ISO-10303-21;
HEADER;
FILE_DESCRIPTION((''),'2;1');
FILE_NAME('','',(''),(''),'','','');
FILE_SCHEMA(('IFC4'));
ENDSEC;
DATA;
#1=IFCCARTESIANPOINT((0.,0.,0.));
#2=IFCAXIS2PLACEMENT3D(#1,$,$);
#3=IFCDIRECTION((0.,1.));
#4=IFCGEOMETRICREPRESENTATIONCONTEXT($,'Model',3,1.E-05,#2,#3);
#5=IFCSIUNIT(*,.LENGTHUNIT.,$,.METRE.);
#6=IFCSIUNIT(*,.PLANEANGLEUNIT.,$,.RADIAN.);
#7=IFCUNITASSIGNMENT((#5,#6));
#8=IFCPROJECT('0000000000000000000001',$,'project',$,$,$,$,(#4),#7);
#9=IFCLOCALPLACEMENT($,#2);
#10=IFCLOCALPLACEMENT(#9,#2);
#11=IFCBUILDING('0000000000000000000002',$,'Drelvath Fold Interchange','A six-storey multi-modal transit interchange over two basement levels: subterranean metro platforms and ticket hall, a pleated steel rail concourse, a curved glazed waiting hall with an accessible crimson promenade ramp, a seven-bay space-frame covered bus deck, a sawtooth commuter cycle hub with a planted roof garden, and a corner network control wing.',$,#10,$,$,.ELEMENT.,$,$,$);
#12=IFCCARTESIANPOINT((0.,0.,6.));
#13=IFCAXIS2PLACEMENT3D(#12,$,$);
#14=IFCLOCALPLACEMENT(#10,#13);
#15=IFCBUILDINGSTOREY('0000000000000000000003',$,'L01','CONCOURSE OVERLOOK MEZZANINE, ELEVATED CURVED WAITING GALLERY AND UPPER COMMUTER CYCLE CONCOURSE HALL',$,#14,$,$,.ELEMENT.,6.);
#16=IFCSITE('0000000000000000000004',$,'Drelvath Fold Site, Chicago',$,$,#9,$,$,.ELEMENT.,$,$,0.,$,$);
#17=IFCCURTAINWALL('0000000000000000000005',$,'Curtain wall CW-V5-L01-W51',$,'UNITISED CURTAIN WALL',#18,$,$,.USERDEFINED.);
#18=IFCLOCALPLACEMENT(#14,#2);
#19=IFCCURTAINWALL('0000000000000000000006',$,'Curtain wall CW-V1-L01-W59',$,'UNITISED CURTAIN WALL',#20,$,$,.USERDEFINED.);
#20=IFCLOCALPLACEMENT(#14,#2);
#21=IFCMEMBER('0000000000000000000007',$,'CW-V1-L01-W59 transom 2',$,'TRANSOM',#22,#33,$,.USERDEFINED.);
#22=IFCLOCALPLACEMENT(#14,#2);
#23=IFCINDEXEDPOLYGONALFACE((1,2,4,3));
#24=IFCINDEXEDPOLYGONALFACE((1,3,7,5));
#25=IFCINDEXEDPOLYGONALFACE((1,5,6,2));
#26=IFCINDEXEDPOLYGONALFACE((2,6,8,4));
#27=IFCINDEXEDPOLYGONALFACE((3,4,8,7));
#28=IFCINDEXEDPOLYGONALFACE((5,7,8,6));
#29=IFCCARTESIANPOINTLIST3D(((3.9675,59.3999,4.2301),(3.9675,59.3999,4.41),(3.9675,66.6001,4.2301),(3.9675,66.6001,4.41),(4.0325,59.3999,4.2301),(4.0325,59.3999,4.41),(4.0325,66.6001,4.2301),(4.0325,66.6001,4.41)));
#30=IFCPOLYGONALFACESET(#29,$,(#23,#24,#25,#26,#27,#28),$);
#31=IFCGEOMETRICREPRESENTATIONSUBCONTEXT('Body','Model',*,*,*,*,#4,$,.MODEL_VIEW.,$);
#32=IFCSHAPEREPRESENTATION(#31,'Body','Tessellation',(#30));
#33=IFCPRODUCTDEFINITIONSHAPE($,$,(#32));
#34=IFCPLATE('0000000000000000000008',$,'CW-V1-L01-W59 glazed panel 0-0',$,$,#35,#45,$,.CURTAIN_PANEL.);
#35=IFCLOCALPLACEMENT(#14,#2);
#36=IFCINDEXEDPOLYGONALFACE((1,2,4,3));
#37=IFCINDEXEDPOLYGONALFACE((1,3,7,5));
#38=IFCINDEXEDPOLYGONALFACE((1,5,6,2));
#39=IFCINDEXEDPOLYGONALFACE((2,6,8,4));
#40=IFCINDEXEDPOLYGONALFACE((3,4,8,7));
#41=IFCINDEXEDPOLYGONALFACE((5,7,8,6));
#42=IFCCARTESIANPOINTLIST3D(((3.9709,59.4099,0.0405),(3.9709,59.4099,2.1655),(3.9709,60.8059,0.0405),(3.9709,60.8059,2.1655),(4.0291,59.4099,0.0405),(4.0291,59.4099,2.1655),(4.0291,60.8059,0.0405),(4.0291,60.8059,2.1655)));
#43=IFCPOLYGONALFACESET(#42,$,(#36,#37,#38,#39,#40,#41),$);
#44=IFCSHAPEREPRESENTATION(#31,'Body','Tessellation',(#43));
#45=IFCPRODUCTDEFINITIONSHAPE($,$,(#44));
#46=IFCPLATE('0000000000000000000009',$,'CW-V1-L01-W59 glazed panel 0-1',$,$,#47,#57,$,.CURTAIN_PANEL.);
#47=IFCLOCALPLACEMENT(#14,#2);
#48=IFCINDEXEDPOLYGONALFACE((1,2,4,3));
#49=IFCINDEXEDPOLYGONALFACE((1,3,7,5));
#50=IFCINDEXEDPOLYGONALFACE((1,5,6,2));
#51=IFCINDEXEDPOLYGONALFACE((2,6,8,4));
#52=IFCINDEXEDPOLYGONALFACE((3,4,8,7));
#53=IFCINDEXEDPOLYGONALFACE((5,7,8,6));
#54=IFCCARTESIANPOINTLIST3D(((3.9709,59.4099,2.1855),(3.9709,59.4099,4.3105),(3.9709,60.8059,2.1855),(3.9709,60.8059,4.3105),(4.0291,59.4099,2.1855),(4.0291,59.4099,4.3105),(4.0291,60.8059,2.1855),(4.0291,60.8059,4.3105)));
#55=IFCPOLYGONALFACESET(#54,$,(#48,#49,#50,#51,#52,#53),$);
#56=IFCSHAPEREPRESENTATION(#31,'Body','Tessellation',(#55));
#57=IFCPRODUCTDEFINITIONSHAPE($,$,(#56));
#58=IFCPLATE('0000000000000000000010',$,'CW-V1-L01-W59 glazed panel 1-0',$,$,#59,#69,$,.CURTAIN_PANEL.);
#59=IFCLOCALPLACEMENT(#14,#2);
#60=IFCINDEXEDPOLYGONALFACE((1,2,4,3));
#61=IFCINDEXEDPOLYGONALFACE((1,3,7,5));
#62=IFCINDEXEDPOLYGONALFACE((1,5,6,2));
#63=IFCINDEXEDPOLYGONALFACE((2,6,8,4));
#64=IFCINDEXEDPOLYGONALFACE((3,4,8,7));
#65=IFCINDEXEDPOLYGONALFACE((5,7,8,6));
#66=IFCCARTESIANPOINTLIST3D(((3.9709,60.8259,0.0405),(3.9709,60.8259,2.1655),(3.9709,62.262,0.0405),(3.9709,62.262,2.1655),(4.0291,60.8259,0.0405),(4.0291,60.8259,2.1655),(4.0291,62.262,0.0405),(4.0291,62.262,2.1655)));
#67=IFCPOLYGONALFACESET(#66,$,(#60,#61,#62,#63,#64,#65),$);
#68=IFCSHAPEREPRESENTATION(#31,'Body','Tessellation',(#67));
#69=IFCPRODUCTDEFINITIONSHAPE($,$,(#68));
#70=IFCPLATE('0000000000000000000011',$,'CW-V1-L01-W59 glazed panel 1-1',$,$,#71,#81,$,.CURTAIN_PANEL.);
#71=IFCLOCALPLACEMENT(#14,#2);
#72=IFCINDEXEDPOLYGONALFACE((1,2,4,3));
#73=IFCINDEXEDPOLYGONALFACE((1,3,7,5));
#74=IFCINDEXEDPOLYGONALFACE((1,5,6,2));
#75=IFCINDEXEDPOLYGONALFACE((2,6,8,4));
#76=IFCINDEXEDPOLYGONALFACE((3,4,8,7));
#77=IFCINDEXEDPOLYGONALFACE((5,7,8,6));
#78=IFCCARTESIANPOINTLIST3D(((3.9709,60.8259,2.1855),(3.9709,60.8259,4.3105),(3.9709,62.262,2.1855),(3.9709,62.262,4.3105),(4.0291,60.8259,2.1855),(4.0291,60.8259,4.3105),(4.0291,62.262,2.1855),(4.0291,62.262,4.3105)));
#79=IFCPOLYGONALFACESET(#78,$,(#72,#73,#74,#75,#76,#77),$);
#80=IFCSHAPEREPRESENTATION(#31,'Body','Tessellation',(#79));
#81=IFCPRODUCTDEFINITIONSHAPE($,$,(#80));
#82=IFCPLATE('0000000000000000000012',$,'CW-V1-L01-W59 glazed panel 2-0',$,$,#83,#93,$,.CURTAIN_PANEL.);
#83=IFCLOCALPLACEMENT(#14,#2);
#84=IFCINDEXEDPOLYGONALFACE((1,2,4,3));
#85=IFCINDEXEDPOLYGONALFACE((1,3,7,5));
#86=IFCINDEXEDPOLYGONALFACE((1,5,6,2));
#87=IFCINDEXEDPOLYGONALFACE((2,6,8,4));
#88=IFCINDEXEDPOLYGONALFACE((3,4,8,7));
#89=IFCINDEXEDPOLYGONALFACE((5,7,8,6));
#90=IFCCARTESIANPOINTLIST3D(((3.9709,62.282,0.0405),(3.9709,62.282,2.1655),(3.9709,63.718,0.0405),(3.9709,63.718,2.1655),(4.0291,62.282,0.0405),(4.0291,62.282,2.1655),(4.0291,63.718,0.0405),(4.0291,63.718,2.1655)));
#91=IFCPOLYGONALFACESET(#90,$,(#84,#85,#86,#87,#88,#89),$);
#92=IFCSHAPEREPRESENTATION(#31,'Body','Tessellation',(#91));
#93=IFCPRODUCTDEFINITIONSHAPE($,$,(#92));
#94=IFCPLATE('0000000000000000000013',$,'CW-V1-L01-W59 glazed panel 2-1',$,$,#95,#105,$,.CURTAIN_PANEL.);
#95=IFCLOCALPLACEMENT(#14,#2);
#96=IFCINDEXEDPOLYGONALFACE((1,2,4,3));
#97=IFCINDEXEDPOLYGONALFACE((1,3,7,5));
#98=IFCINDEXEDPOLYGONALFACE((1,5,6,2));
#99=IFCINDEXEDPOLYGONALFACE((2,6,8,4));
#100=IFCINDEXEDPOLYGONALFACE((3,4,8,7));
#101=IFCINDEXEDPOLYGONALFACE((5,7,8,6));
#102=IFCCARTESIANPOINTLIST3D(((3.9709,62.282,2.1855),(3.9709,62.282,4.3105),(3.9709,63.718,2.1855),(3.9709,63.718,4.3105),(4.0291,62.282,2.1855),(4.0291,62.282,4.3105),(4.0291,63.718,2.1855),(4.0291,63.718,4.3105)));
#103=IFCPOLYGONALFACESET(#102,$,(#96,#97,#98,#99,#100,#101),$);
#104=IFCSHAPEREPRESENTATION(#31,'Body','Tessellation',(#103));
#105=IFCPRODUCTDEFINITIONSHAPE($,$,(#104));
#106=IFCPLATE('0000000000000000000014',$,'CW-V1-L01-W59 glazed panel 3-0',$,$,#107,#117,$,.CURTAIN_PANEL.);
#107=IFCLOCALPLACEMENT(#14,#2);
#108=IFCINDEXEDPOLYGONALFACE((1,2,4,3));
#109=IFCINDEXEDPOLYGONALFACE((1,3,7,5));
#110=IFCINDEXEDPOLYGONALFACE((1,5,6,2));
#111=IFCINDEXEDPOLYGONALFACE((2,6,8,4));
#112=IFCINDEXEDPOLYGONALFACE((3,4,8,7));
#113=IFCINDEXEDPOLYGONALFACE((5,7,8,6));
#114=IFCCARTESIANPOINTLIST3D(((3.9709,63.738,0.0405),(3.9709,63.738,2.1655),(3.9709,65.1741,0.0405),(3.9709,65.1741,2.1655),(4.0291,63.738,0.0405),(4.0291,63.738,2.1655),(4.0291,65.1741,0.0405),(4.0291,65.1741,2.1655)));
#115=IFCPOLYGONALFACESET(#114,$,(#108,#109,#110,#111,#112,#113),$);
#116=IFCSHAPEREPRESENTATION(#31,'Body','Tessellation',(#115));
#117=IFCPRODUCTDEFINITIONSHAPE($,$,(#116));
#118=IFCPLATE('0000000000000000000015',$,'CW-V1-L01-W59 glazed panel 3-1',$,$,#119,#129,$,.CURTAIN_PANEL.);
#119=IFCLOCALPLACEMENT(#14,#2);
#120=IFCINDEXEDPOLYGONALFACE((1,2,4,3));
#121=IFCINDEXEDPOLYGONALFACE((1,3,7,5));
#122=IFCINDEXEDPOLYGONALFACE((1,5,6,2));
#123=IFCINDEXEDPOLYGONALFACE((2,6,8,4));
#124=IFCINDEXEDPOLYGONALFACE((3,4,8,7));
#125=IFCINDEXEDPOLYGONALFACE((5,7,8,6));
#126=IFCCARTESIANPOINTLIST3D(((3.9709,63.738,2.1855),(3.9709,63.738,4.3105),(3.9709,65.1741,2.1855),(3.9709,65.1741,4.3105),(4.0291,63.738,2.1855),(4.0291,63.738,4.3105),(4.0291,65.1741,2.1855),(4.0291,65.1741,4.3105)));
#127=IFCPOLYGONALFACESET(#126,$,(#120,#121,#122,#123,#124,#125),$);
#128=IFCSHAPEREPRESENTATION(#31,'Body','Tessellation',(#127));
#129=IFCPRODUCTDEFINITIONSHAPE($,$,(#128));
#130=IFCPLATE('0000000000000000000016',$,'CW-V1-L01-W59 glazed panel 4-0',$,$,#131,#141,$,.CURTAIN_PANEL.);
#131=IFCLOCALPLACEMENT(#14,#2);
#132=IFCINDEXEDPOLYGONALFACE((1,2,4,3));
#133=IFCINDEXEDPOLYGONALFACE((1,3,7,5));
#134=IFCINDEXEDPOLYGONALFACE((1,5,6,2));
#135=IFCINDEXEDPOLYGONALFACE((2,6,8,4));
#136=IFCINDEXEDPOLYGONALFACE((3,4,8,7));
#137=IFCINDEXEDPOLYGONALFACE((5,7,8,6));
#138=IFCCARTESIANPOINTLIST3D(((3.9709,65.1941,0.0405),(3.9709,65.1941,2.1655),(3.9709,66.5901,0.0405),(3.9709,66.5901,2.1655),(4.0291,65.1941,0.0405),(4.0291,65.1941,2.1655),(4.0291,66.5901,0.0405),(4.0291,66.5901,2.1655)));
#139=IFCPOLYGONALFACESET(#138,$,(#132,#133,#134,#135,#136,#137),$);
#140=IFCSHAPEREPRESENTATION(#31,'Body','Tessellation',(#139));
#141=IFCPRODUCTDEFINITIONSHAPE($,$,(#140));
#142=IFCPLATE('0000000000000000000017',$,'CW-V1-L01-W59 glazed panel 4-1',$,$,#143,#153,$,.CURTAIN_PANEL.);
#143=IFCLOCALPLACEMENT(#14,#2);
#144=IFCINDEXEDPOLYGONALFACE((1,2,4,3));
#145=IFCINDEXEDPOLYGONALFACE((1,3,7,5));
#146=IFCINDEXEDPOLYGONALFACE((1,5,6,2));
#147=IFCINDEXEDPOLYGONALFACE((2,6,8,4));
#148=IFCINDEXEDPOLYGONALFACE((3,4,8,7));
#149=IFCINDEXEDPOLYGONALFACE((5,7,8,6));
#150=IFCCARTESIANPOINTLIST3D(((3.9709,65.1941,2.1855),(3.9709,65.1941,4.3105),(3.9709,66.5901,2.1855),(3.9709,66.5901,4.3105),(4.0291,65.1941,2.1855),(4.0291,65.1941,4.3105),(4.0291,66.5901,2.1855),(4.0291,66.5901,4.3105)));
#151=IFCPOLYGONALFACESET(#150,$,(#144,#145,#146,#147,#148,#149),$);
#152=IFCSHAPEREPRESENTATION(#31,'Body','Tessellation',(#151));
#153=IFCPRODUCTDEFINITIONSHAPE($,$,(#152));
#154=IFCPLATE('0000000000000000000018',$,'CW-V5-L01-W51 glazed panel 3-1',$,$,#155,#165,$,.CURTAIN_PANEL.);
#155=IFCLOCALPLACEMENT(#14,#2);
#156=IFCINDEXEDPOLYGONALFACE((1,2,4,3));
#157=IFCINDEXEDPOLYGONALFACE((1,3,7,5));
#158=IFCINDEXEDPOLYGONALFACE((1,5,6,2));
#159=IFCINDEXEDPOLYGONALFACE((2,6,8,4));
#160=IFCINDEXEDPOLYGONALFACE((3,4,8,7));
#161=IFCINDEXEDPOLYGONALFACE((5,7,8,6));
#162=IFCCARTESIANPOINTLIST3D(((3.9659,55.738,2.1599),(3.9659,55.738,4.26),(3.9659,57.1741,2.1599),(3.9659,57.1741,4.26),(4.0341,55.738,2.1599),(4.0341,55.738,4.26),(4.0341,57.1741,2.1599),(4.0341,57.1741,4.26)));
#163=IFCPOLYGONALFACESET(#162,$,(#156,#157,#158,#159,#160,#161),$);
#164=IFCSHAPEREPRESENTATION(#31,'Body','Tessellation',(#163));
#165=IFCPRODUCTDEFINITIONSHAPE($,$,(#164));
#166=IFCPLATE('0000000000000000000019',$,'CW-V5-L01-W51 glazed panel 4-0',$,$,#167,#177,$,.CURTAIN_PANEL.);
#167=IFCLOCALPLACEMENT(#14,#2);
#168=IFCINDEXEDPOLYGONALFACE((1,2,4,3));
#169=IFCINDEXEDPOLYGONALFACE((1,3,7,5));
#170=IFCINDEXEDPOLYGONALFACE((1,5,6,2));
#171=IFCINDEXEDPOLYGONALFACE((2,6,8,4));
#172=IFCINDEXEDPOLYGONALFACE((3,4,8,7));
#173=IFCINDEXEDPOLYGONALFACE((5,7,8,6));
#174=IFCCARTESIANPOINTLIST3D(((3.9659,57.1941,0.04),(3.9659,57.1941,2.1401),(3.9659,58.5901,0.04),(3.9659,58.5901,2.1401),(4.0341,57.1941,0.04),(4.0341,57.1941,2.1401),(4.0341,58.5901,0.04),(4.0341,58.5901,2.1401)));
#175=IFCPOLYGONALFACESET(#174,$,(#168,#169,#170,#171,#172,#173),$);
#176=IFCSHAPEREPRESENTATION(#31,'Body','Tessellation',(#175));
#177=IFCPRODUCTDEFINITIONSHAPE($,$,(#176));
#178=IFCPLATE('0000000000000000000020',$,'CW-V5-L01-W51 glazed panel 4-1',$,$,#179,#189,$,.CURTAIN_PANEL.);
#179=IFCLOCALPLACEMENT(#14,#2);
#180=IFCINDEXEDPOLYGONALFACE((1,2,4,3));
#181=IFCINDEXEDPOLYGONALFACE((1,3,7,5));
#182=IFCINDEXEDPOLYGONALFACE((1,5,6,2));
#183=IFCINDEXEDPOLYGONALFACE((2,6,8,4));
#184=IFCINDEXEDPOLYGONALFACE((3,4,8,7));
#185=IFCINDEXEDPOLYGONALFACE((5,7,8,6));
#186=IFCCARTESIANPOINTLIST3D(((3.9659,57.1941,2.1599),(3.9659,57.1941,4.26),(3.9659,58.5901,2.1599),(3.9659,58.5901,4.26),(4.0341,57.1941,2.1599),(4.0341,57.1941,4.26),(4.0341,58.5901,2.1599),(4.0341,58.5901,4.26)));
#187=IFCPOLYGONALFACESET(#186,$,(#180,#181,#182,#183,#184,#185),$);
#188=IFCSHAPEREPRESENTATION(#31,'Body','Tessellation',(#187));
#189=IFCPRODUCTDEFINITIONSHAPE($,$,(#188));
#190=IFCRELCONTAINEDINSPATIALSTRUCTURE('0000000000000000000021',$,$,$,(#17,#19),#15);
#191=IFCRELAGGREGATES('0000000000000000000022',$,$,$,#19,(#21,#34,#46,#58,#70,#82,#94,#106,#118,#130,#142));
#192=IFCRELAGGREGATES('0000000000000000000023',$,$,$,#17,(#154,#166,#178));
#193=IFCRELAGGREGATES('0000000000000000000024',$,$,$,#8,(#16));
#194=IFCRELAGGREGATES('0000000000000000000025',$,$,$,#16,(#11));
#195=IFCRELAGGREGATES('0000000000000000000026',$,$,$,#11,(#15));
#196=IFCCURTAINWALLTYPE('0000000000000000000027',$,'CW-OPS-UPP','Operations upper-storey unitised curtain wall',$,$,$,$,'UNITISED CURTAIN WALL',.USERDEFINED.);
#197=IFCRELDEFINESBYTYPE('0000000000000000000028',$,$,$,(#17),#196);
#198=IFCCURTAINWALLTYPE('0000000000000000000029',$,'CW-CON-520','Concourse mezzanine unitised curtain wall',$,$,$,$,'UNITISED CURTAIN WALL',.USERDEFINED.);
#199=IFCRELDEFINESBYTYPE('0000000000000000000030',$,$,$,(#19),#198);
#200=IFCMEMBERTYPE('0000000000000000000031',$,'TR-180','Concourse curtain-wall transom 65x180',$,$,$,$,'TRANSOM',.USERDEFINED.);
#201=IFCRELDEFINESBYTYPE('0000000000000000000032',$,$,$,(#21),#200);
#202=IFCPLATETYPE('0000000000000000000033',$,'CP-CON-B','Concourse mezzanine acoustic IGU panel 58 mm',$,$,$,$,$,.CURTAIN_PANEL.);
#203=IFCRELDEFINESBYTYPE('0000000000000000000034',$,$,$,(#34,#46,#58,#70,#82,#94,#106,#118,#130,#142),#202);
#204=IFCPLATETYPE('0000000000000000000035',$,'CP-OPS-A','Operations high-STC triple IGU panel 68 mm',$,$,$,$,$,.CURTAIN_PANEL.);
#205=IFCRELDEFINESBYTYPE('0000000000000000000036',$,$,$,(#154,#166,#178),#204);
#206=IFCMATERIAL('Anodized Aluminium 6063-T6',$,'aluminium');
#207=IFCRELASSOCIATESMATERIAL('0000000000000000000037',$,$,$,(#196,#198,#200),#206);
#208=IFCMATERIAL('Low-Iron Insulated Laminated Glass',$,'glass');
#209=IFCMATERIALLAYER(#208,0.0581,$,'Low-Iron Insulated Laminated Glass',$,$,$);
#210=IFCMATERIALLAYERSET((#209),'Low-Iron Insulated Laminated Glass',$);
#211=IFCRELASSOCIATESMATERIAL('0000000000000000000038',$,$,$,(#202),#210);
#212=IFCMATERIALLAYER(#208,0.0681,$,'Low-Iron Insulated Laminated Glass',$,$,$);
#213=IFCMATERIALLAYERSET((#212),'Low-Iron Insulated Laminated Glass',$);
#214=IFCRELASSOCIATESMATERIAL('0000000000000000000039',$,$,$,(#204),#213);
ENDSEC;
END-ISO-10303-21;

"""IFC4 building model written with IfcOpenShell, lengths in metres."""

from ifc_helpers import new_model, si_unit, direction, frame, origin, origin_2d, place, context, subcontext, project, spatial, rectangle, extrude, material, layer, layer_set, material_profile, profile_set, type_object, element, aggregate, save


model = new_model("IFC4")

# Units and contexts
model_context = context("Model", 3, precision=1e-05, world=origin(), true_north=direction((0.0, 1.0)))
body_context = subcontext(model_context, "Body", "Model", "MODEL_VIEW")
ifc_project = project(units=[si_unit("LENGTHUNIT", "METRE"), si_unit("PLANEANGLEUNIT", "RADIAN")], contexts=[model_context])

# Site, building, storey
site_placement = place(None, origin())
site = spatial("IfcSite", under=ifc_project, at=site_placement, Name="Drelvath Fold Site, Chicago", CompositionType="ELEMENT", RefElevation=0.0)
building_placement = place(site_placement, origin())
building = spatial("IfcBuilding", under=site, at=building_placement, Name="Drelvath Fold Interchange", Description="A six-storey multi-modal transit interchange over two basement levels: subterranean metro platforms and ticket hall, a pleated steel rail concourse, a curved glazed waiting hall with an accessible crimson promenade ramp, a seven-bay space-frame covered bus deck, a sawtooth commuter cycle hub with a planted roof garden, and a corner network control wing.", CompositionType="ELEMENT")
storey_placement = place(building_placement, frame((0.0, 0.0, 6.0)))
storey = spatial("IfcBuildingStorey", under=building, at=storey_placement, Name="L01", Description="CONCOURSE OVERLOOK MEZZANINE, ELEVATED CURVED WAITING GALLERY AND UPPER COMMUTER CYCLE CONCOURSE HALL", CompositionType="ELEMENT", Elevation=6.0)

# Curtain wall
ifc_material_1 = material(Name="Anodized Aluminium 6063-T6", Category="aluminium")
curtain_wall_type_1 = type_object("IfcCurtainWallType", Name="CW-OPS-UPP", Description="Operations upper-storey unitised curtain wall", ElementType="UNITISED CURTAIN WALL", PredefinedType="USERDEFINED", material=ifc_material_1)
curtain_wall_1_placement = place(storey_placement, origin())
curtain_wall_1 = element("IfcCurtainWall", 1, at=curtain_wall_1_placement, inside=storey, type_object=curtain_wall_type_1, Name="Curtain wall CW-V5-L01-W51", ObjectType="UNITISED CURTAIN WALL", PredefinedType="USERDEFINED")

# Curtain wall, member, plates
curtain_wall_type_2 = type_object("IfcCurtainWallType", Name="CW-CON-520", Description="Concourse mezzanine unitised curtain wall", ElementType="UNITISED CURTAIN WALL", PredefinedType="USERDEFINED", material=ifc_material_1)
curtain_wall_2_placement = place(storey_placement, origin())
curtain_wall_2 = element("IfcCurtainWall", 2, at=curtain_wall_2_placement, inside=storey, type_object=curtain_wall_type_2, Name="Curtain wall CW-V1-L01-W59", ObjectType="UNITISED CURTAIN WALL", PredefinedType="USERDEFINED")
ifc_material_profile_1 = material_profile(ifc_material_1, rectangle(XDim=0.0649, YDim=0.1799, at=origin_2d()), Name="AL-T 65x180")
ifc_profile_set_1 = profile_set([ifc_material_profile_1], Name="Anodized Aluminium 6063-T6")
member_type_1 = type_object("IfcMemberType", Name="TR-180", Description="Concourse curtain-wall transom 65x180", ElementType="TRANSOM", PredefinedType="USERDEFINED", material=ifc_profile_set_1)
member_1_placement = place(storey_placement, frame((4.0, 59.3999, 4.3201), z_axis=(0.0, 1.0, 0.0), x_axis=(-1.0, 0.0, 0.0)))
member_1 = element("IfcMember", 3, at=member_1_placement, type_object=member_type_1, Name="CW-V1-L01-W59 transom 2", ObjectType="TRANSOM", PredefinedType="USERDEFINED", context=body_context, shape_type="SweptSolid", body=[
    extrude(rectangle(XDim=0.0649, YDim=0.1799, at=origin_2d()), origin(), (0.0, 0.0, 1.0), 7.2002),
])
ifc_material_2 = material(Name="Low-Iron Insulated Laminated Glass", Category="glass")
ifc_layer_1 = layer(ifc_material_2, 0.0581, Name="Low-Iron Insulated Laminated Glass")
ifc_layer_set_1 = layer_set([ifc_layer_1], Name="Low-Iron Insulated Laminated Glass")
plate_type_1 = type_object("IfcPlateType", Name="CP-CON-B", Description="Concourse mezzanine acoustic IGU panel 58 mm", PredefinedType="CURTAIN_PANEL", material=ifc_layer_set_1)
plate_1_placement = place(storey_placement, frame((4.0, 60.1079, 0.0405), z_axis=(0.0, 0.0, 1.0), x_axis=(0.0, 1.0, 0.0)))
plate_1 = element("IfcPlate", 4, at=plate_1_placement, type_object=plate_type_1, Name="CW-V1-L01-W59 glazed panel 0-0", PredefinedType="CURTAIN_PANEL", context=body_context, shape_type="SweptSolid", body=[
    extrude(rectangle(XDim=1.396, YDim=0.0581, at=origin_2d()), origin(), (0.0, 0.0, 1.0), 2.125),
])
plate_2_placement = place(storey_placement, frame((4.0, 60.1079, 2.1855), z_axis=(0.0, 0.0, 1.0), x_axis=(0.0, 1.0, 0.0)))
plate_2 = element("IfcPlate", 5, at=plate_2_placement, type_object=plate_type_1, Name="CW-V1-L01-W59 glazed panel 0-1", PredefinedType="CURTAIN_PANEL", context=body_context, shape_type="SweptSolid", body=[
    extrude(rectangle(XDim=1.396, YDim=0.0581, at=origin_2d()), origin(), (0.0, 0.0, 1.0), 2.125),
])
plate_3_placement = place(storey_placement, frame((4.0, 61.5439, 0.0405), z_axis=(0.0, 0.0, 1.0), x_axis=(0.0, 1.0, 0.0)))
plate_3 = element("IfcPlate", 6, at=plate_3_placement, type_object=plate_type_1, Name="CW-V1-L01-W59 glazed panel 1-0", PredefinedType="CURTAIN_PANEL", context=body_context, shape_type="SweptSolid", body=[
    extrude(rectangle(XDim=1.436, YDim=0.0581, at=origin_2d()), origin(), (0.0, 0.0, 1.0), 2.125),
])
plate_4_placement = place(storey_placement, frame((4.0, 61.5439, 2.1855), z_axis=(0.0, 0.0, 1.0), x_axis=(0.0, 1.0, 0.0)))
plate_4 = element("IfcPlate", 7, at=plate_4_placement, type_object=plate_type_1, Name="CW-V1-L01-W59 glazed panel 1-1", PredefinedType="CURTAIN_PANEL", context=body_context, shape_type="SweptSolid", body=[
    extrude(rectangle(XDim=1.436, YDim=0.0581, at=origin_2d()), origin(), (0.0, 0.0, 1.0), 2.125),
])
plate_5_placement = place(storey_placement, frame((4.0, 63.0, 0.0405), z_axis=(0.0, 0.0, 1.0), x_axis=(0.0, 1.0, 0.0)))
plate_5 = element("IfcPlate", 8, at=plate_5_placement, type_object=plate_type_1, Name="CW-V1-L01-W59 glazed panel 2-0", PredefinedType="CURTAIN_PANEL", context=body_context, shape_type="SweptSolid", body=[
    extrude(rectangle(XDim=1.436, YDim=0.0581, at=origin_2d()), origin(), (0.0, 0.0, 1.0), 2.125),
])
plate_6_placement = place(storey_placement, frame((4.0, 63.0, 2.1855), z_axis=(0.0, 0.0, 1.0), x_axis=(0.0, 1.0, 0.0)))
plate_6 = element("IfcPlate", 9, at=plate_6_placement, type_object=plate_type_1, Name="CW-V1-L01-W59 glazed panel 2-1", PredefinedType="CURTAIN_PANEL", context=body_context, shape_type="SweptSolid", body=[
    extrude(rectangle(XDim=1.436, YDim=0.0581, at=origin_2d()), origin(), (0.0, 0.0, 1.0), 2.125),
])
plate_7_placement = place(storey_placement, frame((4.0, 64.4561, 0.0405), z_axis=(0.0, 0.0, 1.0), x_axis=(0.0, 1.0, 0.0)))
plate_7 = element("IfcPlate", 10, at=plate_7_placement, type_object=plate_type_1, Name="CW-V1-L01-W59 glazed panel 3-0", PredefinedType="CURTAIN_PANEL", context=body_context, shape_type="SweptSolid", body=[
    extrude(rectangle(XDim=1.436, YDim=0.0581, at=origin_2d()), origin(), (0.0, 0.0, 1.0), 2.125),
])
plate_8_placement = place(storey_placement, frame((4.0, 64.4561, 2.1855), z_axis=(0.0, 0.0, 1.0), x_axis=(0.0, 1.0, 0.0)))
plate_8 = element("IfcPlate", 11, at=plate_8_placement, type_object=plate_type_1, Name="CW-V1-L01-W59 glazed panel 3-1", PredefinedType="CURTAIN_PANEL", context=body_context, shape_type="SweptSolid", body=[
    extrude(rectangle(XDim=1.436, YDim=0.0581, at=origin_2d()), origin(), (0.0, 0.0, 1.0), 2.125),
])
plate_9_placement = place(storey_placement, frame((4.0, 65.8921, 0.0405), z_axis=(0.0, 0.0, 1.0), x_axis=(0.0, 1.0, 0.0)))
plate_9 = element("IfcPlate", 12, at=plate_9_placement, type_object=plate_type_1, Name="CW-V1-L01-W59 glazed panel 4-0", PredefinedType="CURTAIN_PANEL", context=body_context, shape_type="SweptSolid", body=[
    extrude(rectangle(XDim=1.396, YDim=0.0581, at=origin_2d()), origin(), (0.0, 0.0, 1.0), 2.125),
])
plate_10_placement = place(storey_placement, frame((4.0, 65.8921, 2.1855), z_axis=(0.0, 0.0, 1.0), x_axis=(0.0, 1.0, 0.0)))
plate_10 = element("IfcPlate", 13, at=plate_10_placement, type_object=plate_type_1, Name="CW-V1-L01-W59 glazed panel 4-1", PredefinedType="CURTAIN_PANEL", context=body_context, shape_type="SweptSolid", body=[
    extrude(rectangle(XDim=1.396, YDim=0.0581, at=origin_2d()), origin(), (0.0, 0.0, 1.0), 2.125),
])
aggregate(curtain_wall_2, [member_1, plate_1, plate_2, plate_3, plate_4, plate_5, plate_6, plate_7, plate_8, plate_9, plate_10])

# Plates
ifc_layer_2 = layer(ifc_material_2, 0.0681, Name="Low-Iron Insulated Laminated Glass")
ifc_layer_set_2 = layer_set([ifc_layer_2], Name="Low-Iron Insulated Laminated Glass")
plate_type_2 = type_object("IfcPlateType", Name="CP-OPS-A", Description="Operations high-STC triple IGU panel 68 mm", PredefinedType="CURTAIN_PANEL", material=ifc_layer_set_2)
plate_11_placement = place(storey_placement, frame((4.0, 56.4561, 2.1599), z_axis=(0.0, 0.0, 1.0), x_axis=(0.0, 1.0, 0.0)))
plate_11 = element("IfcPlate", 14, at=plate_11_placement, type_object=plate_type_2, Name="CW-V5-L01-W51 glazed panel 3-1", PredefinedType="CURTAIN_PANEL", context=body_context, shape_type="SweptSolid", body=[
    extrude(rectangle(XDim=1.436, YDim=0.0681, at=origin_2d()), origin(), (0.0, 0.0, 1.0), 2.1001),
])
plate_12_placement = place(storey_placement, frame((4.0, 57.8921, 0.04), z_axis=(0.0, 0.0, 1.0), x_axis=(0.0, 1.0, 0.0)))
plate_12 = element("IfcPlate", 15, at=plate_12_placement, type_object=plate_type_2, Name="CW-V5-L01-W51 glazed panel 4-0", PredefinedType="CURTAIN_PANEL", context=body_context, shape_type="SweptSolid", body=[
    extrude(rectangle(XDim=1.396, YDim=0.0681, at=origin_2d()), origin(), (0.0, 0.0, 1.0), 2.1001),
])
plate_13_placement = place(storey_placement, frame((4.0, 57.8921, 2.1599), z_axis=(0.0, 0.0, 1.0), x_axis=(0.0, 1.0, 0.0)))
plate_13 = element("IfcPlate", 16, at=plate_13_placement, type_object=plate_type_2, Name="CW-V5-L01-W51 glazed panel 4-1", PredefinedType="CURTAIN_PANEL", context=body_context, shape_type="SweptSolid", body=[
    extrude(rectangle(XDim=1.396, YDim=0.0681, at=origin_2d()), origin(), (0.0, 0.0, 1.0), 2.1001),
])
aggregate(curtain_wall_1, [plate_11, plate_12, plate_13])

save(model, "model.ifc")
